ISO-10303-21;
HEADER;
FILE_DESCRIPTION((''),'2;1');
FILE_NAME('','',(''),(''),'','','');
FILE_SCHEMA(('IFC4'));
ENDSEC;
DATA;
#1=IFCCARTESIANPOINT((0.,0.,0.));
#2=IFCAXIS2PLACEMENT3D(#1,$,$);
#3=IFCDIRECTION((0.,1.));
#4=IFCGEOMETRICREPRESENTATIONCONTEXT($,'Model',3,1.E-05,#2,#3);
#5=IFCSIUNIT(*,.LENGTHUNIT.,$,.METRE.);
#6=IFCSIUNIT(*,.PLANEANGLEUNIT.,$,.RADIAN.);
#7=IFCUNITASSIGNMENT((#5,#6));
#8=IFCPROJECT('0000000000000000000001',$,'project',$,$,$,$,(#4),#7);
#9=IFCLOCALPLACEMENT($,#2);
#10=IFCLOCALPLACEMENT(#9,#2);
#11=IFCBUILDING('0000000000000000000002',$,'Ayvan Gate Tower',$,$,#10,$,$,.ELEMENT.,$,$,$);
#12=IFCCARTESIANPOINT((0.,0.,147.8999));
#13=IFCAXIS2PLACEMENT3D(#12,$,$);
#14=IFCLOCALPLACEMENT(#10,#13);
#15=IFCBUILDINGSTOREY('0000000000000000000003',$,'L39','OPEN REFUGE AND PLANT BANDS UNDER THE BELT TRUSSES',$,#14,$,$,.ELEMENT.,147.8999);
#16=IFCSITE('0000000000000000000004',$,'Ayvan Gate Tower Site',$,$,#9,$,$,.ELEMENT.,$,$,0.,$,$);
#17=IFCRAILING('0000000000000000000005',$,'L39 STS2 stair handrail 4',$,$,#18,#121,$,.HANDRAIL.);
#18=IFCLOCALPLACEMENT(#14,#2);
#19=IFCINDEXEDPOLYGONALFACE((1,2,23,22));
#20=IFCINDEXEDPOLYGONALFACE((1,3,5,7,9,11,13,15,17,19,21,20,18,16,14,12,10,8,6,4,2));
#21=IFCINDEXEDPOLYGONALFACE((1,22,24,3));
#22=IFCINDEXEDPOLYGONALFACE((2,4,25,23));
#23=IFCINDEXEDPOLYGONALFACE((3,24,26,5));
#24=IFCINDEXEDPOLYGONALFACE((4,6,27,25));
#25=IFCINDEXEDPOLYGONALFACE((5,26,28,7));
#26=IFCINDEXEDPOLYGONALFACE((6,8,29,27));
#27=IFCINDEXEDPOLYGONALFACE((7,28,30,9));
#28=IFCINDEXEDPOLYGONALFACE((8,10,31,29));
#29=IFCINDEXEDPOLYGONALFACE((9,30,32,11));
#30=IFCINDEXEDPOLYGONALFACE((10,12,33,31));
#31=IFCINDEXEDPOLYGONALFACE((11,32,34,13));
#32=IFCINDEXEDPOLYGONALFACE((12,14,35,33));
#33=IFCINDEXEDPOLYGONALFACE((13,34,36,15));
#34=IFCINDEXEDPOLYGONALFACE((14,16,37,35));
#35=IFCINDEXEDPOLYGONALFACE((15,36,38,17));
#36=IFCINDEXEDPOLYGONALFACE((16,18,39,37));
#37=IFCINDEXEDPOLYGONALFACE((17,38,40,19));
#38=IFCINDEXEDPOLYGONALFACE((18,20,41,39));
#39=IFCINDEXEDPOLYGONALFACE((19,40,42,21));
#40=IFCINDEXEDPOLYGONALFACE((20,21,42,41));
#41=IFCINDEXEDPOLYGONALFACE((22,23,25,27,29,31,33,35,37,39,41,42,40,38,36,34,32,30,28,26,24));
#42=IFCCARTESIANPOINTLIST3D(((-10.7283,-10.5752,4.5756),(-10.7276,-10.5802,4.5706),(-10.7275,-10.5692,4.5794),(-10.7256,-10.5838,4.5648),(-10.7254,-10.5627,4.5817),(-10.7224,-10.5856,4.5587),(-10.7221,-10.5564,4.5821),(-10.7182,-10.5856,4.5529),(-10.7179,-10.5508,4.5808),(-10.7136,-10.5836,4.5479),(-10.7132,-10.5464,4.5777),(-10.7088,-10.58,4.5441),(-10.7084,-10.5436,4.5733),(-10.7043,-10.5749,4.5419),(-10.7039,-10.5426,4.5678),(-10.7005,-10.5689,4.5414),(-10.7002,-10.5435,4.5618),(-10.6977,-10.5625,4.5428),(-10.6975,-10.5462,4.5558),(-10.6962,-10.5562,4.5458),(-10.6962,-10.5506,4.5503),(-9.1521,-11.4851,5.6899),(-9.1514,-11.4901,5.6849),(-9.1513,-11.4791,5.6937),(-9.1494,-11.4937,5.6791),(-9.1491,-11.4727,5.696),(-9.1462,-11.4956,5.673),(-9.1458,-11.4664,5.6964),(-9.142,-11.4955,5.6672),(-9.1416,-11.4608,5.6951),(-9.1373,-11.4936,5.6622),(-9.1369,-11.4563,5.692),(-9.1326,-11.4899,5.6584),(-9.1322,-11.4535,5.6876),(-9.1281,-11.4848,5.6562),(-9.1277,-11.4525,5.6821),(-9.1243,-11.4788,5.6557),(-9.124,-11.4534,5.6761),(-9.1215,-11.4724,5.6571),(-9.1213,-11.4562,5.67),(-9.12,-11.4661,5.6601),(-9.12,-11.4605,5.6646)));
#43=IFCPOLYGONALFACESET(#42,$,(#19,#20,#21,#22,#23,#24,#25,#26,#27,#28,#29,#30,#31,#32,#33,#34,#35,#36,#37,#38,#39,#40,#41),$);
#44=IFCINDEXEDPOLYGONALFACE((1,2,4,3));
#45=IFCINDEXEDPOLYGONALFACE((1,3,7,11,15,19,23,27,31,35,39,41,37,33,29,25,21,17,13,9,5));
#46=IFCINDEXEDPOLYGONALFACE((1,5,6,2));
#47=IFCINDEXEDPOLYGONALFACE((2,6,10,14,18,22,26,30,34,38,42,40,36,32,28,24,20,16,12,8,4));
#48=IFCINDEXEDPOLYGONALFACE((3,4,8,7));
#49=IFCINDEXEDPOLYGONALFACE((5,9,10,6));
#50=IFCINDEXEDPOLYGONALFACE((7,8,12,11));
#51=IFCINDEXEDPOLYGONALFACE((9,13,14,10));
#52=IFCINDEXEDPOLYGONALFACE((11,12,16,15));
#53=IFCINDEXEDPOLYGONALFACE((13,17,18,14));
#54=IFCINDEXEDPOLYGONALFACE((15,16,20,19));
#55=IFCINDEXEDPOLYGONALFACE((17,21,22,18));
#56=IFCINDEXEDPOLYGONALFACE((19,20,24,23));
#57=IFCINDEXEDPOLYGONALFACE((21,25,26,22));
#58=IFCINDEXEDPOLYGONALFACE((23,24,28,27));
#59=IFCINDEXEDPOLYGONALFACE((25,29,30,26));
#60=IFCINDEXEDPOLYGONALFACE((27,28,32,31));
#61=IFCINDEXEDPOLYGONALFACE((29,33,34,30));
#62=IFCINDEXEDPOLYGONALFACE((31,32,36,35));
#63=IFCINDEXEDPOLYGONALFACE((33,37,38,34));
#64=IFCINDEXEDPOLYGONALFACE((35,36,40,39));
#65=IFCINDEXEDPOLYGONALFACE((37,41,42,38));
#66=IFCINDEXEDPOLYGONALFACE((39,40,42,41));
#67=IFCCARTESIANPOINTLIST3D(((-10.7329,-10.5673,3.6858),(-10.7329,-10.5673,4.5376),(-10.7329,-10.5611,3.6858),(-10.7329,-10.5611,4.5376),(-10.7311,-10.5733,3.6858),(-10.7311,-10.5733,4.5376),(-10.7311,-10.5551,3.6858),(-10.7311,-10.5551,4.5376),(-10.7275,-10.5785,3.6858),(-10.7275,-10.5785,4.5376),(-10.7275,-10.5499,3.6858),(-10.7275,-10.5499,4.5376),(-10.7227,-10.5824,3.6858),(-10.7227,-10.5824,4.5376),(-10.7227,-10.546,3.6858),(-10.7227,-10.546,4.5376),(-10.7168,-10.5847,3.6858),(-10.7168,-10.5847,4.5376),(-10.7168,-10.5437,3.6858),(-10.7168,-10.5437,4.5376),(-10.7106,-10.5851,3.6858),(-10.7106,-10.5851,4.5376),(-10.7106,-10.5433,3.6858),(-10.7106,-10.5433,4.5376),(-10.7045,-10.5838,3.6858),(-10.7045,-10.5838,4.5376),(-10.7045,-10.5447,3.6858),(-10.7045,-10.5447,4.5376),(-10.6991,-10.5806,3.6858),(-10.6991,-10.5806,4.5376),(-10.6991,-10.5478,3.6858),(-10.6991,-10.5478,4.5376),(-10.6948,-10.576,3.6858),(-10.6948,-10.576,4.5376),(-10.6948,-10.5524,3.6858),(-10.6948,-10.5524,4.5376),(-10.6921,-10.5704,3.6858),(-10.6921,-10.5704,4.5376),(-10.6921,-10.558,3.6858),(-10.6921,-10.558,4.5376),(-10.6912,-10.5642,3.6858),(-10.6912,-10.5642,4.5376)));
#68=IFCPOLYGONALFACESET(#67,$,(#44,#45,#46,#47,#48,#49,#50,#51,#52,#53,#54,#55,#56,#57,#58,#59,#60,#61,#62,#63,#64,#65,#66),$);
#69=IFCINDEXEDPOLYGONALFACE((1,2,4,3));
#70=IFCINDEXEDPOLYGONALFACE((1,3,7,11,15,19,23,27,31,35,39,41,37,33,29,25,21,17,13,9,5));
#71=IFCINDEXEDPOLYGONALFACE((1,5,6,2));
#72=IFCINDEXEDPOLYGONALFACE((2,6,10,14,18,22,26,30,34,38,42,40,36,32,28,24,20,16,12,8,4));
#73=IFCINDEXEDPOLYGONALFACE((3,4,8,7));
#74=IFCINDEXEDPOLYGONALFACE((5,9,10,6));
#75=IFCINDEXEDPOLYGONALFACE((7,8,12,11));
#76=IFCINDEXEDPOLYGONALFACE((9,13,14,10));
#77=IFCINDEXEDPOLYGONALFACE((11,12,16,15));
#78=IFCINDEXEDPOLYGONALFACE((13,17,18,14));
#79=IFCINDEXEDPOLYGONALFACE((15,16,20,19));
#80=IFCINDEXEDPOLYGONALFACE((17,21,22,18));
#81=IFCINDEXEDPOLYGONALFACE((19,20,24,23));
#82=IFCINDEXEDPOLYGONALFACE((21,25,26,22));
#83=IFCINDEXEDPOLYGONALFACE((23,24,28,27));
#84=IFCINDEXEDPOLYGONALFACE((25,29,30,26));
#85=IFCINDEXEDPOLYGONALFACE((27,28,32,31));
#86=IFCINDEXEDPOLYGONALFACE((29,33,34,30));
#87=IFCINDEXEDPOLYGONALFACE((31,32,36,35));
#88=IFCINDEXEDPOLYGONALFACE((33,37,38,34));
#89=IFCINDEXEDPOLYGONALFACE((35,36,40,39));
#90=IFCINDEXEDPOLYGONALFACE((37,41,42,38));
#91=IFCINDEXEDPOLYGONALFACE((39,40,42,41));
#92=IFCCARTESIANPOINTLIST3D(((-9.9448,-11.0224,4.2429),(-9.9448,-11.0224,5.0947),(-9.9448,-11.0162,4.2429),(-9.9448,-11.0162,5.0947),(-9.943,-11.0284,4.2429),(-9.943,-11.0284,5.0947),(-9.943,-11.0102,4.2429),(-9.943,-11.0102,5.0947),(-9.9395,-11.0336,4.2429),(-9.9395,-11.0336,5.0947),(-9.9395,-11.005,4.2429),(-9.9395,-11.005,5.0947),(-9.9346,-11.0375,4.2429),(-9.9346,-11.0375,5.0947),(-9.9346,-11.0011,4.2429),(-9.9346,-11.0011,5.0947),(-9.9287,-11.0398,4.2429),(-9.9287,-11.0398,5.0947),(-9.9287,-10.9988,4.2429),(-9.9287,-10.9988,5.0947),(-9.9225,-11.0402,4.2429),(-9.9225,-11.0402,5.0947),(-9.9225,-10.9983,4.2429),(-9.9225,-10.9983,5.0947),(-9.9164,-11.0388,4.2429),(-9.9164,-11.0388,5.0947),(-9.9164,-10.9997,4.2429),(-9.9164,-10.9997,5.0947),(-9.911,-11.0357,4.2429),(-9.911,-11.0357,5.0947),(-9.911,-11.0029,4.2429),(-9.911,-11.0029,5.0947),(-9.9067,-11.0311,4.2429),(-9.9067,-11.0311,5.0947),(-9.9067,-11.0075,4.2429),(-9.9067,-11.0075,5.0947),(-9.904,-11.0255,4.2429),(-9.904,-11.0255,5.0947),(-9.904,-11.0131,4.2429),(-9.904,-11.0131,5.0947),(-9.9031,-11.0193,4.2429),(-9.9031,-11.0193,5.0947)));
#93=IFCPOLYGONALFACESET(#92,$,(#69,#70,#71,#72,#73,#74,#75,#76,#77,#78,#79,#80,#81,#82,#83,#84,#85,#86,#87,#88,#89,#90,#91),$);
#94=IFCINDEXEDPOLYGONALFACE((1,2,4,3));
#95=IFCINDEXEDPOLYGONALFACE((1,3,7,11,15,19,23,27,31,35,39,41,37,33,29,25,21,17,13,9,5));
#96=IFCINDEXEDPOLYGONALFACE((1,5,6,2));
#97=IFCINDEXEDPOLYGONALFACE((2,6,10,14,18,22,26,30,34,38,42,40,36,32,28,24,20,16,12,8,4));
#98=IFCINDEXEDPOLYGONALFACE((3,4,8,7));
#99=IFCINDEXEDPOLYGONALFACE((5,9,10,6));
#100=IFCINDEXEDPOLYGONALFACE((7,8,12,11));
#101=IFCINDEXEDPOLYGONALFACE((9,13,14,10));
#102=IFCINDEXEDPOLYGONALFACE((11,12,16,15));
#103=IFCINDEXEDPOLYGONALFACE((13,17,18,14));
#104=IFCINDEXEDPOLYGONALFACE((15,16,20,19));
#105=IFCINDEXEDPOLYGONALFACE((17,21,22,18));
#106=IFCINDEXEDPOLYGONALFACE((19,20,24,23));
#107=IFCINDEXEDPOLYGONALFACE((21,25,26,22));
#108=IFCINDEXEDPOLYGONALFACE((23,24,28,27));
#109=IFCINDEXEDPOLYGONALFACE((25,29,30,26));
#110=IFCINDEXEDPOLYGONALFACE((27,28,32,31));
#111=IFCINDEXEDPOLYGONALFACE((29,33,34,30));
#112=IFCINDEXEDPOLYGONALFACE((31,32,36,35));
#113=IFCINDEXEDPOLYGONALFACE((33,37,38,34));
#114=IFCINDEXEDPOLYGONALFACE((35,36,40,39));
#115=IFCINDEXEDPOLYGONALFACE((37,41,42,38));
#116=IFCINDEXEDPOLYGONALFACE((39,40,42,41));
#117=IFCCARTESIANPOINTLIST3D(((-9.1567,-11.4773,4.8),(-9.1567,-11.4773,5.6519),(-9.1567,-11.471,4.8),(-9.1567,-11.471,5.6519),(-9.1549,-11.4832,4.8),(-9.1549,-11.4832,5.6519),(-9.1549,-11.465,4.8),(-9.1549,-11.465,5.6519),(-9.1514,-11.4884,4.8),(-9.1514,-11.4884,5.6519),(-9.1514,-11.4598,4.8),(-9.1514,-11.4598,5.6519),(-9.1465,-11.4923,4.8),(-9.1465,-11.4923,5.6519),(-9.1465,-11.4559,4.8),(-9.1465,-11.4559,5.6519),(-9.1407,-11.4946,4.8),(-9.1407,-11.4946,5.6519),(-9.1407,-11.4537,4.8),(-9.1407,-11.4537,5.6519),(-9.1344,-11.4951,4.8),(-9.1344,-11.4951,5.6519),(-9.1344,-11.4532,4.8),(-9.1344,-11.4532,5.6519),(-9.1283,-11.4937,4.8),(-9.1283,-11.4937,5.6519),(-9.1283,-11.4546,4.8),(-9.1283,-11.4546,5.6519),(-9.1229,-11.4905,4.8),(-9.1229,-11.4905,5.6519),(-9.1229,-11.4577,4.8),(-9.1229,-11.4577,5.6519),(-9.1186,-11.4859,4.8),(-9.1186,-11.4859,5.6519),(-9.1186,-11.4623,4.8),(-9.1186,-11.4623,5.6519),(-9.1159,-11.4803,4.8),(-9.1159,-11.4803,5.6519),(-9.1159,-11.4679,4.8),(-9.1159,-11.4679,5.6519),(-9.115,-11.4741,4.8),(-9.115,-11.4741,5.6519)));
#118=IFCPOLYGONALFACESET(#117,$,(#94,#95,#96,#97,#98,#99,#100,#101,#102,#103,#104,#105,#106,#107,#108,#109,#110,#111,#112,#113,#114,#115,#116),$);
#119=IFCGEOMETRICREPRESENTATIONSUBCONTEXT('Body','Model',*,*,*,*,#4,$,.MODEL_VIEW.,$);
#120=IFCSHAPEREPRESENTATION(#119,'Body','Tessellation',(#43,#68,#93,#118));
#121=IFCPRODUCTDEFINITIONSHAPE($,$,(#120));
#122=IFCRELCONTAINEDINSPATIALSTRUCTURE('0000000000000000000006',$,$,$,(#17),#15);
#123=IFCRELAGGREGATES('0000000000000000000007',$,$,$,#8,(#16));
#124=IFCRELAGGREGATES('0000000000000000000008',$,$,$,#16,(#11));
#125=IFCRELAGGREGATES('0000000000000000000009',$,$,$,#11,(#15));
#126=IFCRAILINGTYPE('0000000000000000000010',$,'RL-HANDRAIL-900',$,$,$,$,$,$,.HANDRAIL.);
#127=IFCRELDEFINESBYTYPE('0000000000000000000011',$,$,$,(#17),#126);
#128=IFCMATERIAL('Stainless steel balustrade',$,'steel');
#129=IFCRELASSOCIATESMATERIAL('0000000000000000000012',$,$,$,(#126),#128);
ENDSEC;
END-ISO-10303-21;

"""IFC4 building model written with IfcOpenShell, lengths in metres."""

from ifc_helpers import new_model, si_unit, direction, frame, origin, origin_2d, place, context, subcontext, project, spatial, circle, extrude, material, type_object, element, save


model = new_model("IFC4")

# Units and contexts
model_context = context("Model", 3, precision=1e-05, world=origin(), true_north=direction((0.0, 1.0)))
body_context = subcontext(model_context, "Body", "Model", "MODEL_VIEW")
ifc_project = project(units=[si_unit("LENGTHUNIT", "METRE"), si_unit("PLANEANGLEUNIT", "RADIAN")], contexts=[model_context])

# Site, building, storey
site_placement = place(None, origin())
site = spatial("IfcSite", under=ifc_project, at=site_placement, Name="Ayvan Gate Tower Site", CompositionType="ELEMENT", RefElevation=0.0)
building_placement = place(site_placement, origin())
building = spatial("IfcBuilding", under=site, at=building_placement, Name="Ayvan Gate Tower", CompositionType="ELEMENT")
storey_placement = place(building_placement, frame((0.0, 0.0, 147.8999)))
storey = spatial("IfcBuildingStorey", under=building, at=storey_placement, Name="L39", Description="OPEN REFUGE AND PLANT BANDS UNDER THE BELT TRUSSES", CompositionType="ELEMENT", Elevation=147.8999)

# Railing
ifc_material_1 = material(Name="Stainless steel balustrade", Category="steel")
railing_type_1 = type_object("IfcRailingType", Name="RL-HANDRAIL-900", PredefinedType="HANDRAIL", material=ifc_material_1)
railing_1_placement = place(storey_placement, frame((-10.7122, -10.5642, 3.6858)))
element("IfcRailing", 1, at=railing_1_placement, inside=storey, type_object=railing_type_1, Name="L39 STS2 stair handrail 4", PredefinedType="HANDRAIL", context=body_context, shape_type="SweptSolid", body=[
    extrude(circle(Radius=0.0239, at=origin_2d()), frame((0.0, 0.0, 0.876), z_axis=(0.73861, -0.426394, 0.522153), x_axis=(0.499962, 0.866047, 0.0)), (0.0, 0.0, 1.0), 2.134),
    extrude(circle(Radius=0.021, at=origin_2d()), origin(), (0.0, 0.0, 1.0), 0.8518),
    extrude(circle(Radius=0.021, at=origin_2d()), frame((0.7881, -0.4551, 0.5571)), (0.0, 0.0, 1.0), 0.8518),
    extrude(circle(Radius=0.021, at=origin_2d()), frame((1.5762, -0.9099, 1.1143)), (0.0, 0.0, 1.0), 0.8518),
])

save(model, "model.ifc")
